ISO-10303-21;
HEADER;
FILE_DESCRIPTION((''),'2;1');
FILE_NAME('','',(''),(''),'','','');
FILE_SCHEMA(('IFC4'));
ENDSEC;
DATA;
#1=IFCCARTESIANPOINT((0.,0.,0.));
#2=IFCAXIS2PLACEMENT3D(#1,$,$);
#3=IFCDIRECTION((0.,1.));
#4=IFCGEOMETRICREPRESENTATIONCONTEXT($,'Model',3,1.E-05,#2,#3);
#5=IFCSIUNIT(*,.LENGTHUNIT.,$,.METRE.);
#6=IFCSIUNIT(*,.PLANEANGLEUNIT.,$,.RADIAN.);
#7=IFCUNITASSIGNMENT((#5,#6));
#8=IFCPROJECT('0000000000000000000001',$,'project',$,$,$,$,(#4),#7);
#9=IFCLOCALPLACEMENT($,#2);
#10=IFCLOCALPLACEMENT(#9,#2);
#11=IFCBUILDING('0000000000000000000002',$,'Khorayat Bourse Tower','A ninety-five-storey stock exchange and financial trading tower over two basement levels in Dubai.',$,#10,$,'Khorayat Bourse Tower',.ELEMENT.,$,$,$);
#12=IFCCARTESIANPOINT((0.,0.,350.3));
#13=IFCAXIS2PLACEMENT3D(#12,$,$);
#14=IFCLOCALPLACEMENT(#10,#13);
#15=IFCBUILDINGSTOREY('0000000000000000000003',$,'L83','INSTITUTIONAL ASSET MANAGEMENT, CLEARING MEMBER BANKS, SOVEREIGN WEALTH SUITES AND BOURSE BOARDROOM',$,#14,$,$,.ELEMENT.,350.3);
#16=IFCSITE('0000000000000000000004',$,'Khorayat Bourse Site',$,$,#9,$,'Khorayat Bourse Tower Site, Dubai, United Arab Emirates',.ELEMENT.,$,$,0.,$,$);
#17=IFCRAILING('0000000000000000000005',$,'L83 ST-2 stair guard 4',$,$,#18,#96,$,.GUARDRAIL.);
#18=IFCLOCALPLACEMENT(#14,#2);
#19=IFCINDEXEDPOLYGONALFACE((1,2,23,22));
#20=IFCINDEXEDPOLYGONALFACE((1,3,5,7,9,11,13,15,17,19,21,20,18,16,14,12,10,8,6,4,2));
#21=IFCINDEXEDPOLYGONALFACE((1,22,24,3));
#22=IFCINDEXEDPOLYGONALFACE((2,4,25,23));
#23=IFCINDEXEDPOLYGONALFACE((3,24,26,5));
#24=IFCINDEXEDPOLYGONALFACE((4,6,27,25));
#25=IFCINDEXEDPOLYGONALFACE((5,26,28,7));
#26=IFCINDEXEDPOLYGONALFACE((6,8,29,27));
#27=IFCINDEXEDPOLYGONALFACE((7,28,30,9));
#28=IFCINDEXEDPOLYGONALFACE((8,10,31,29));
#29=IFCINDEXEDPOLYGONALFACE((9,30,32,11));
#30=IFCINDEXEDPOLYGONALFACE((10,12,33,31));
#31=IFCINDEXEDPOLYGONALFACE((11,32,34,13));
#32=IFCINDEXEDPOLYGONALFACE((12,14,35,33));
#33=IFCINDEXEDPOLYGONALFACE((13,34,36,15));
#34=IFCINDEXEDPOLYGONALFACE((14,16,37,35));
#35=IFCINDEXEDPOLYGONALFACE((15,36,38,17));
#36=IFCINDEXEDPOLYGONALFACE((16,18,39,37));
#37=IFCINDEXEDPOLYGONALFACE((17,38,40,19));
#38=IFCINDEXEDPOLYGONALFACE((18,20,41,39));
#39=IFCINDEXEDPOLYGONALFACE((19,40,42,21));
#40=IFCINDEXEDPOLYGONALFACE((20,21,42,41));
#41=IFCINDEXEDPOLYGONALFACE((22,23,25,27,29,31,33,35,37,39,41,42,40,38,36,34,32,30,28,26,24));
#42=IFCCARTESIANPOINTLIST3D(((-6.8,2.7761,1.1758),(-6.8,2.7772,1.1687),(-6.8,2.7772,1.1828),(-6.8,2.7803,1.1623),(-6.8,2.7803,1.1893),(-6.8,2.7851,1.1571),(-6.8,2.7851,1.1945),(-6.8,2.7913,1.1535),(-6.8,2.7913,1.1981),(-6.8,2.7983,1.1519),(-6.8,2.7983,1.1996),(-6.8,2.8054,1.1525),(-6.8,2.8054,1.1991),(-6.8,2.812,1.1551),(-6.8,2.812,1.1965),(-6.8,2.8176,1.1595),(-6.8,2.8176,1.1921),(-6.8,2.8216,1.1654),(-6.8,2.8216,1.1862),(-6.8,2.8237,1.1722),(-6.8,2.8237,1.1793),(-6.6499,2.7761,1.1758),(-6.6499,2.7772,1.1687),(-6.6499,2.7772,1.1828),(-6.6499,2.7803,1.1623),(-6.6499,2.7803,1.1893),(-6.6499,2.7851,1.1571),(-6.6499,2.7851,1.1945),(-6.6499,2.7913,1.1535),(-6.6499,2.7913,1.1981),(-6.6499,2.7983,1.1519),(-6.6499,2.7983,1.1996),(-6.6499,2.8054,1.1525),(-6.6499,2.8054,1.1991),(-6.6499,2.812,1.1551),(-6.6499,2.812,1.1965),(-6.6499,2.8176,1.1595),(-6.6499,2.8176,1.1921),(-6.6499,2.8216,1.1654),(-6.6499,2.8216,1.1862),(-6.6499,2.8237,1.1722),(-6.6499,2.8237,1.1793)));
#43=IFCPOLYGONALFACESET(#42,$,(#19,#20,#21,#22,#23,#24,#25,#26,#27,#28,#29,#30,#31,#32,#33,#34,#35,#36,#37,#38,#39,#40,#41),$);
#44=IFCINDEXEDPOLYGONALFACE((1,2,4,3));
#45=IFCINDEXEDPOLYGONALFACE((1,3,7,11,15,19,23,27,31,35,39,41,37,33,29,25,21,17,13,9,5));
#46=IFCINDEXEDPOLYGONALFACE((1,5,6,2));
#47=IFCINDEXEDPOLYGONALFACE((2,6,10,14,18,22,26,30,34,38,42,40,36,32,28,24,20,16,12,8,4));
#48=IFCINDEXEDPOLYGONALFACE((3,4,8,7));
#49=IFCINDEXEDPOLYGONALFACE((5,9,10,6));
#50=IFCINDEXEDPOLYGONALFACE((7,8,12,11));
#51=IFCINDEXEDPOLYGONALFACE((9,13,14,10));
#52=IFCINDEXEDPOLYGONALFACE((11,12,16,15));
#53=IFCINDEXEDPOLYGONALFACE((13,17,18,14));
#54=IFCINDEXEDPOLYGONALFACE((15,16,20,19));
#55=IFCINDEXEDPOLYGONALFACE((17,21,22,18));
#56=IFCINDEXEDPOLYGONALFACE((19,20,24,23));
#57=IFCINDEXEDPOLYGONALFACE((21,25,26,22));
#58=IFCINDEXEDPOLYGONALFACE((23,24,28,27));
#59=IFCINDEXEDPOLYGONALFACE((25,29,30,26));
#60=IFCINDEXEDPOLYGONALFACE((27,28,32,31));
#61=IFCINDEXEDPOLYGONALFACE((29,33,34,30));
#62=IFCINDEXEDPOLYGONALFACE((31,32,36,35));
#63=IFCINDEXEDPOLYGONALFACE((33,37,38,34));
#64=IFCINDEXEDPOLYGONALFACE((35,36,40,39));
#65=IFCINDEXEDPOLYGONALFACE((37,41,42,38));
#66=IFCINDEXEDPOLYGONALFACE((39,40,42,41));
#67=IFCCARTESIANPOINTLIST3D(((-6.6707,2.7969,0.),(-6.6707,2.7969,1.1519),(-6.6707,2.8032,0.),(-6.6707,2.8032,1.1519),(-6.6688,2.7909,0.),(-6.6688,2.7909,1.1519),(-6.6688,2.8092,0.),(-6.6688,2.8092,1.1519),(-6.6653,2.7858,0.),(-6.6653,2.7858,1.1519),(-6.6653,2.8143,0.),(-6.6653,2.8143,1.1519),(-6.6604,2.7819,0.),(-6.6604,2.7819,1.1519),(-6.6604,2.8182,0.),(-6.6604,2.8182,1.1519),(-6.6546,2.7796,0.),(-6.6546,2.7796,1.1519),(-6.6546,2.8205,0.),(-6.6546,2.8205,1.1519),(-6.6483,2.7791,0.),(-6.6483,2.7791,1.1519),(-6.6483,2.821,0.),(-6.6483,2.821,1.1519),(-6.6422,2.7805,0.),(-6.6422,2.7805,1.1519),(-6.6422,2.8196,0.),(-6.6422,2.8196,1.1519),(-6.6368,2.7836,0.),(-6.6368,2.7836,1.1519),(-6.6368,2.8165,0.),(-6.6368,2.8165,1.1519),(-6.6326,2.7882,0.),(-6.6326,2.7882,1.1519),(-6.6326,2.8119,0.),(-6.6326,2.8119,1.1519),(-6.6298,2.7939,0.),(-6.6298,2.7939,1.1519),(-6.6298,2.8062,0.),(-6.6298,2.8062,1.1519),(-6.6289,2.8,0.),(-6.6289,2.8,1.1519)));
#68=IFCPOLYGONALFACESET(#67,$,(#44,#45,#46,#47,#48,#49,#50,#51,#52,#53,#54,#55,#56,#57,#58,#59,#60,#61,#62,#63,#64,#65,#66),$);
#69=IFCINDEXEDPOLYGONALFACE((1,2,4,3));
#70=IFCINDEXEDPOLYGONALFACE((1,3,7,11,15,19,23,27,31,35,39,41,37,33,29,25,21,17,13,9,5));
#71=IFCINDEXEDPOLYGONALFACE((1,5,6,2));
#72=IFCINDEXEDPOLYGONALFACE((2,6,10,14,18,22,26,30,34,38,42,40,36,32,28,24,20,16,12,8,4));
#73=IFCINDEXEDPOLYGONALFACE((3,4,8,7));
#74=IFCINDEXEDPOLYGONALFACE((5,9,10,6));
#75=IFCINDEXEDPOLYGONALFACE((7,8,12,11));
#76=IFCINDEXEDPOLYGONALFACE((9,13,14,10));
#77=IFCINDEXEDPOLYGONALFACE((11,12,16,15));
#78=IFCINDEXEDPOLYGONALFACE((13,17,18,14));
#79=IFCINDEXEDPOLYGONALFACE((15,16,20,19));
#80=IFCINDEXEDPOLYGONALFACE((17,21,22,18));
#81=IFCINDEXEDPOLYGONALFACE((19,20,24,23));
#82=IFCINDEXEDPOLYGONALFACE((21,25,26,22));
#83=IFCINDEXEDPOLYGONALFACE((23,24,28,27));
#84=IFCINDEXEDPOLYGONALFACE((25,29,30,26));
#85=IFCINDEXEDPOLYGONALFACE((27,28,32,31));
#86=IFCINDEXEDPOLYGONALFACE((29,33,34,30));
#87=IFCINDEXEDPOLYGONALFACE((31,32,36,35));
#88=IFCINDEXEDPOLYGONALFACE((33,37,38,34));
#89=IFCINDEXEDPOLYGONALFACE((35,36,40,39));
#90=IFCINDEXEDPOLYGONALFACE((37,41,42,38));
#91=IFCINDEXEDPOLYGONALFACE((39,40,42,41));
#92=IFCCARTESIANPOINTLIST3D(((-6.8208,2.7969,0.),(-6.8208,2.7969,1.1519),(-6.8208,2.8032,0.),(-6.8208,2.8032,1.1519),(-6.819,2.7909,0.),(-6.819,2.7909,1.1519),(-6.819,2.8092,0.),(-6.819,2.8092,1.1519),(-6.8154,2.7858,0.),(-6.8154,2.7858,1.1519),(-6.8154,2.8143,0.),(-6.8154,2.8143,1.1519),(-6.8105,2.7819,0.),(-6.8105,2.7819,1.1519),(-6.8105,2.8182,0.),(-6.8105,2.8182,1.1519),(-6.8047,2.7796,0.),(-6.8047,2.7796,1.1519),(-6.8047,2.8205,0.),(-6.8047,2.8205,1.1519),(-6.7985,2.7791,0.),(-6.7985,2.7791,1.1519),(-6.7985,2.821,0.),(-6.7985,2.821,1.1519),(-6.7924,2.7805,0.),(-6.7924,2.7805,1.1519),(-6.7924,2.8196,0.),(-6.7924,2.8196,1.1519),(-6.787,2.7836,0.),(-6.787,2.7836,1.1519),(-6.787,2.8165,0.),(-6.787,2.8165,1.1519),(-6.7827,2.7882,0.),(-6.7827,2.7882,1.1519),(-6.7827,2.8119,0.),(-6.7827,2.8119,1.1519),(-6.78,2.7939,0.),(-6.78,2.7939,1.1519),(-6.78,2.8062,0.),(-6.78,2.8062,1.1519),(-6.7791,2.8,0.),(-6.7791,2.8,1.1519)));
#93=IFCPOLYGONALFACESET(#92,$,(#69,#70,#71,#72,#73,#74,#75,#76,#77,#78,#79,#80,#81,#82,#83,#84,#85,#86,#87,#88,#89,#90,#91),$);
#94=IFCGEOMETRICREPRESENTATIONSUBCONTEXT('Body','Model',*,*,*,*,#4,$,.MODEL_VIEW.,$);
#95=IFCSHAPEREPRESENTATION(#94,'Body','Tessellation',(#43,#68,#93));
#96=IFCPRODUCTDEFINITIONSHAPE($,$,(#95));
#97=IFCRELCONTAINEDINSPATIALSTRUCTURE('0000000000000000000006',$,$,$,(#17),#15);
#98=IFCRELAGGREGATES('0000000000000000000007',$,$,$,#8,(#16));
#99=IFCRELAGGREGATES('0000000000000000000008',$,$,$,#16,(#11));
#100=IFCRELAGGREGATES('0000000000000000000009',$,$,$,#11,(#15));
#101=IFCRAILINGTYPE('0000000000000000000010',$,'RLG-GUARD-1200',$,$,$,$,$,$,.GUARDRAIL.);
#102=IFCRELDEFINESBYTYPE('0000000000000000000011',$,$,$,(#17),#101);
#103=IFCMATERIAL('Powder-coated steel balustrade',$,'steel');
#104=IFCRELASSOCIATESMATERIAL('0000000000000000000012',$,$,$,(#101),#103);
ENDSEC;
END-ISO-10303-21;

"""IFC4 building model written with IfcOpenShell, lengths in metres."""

from ifc_helpers import new_model, si_unit, direction, frame, origin, origin_2d, place, context, subcontext, project, spatial, circle, extrude, source, transform, mapped, material, type_object, element, save


model = new_model("IFC4")

# Units and contexts
model_context = context("Model", 3, precision=1e-05, world=origin(), true_north=direction((0.0, 1.0)))
body_context = subcontext(model_context, "Body", "Model", "MODEL_VIEW")
ifc_project = project(units=[si_unit("LENGTHUNIT", "METRE"), si_unit("PLANEANGLEUNIT", "RADIAN")], contexts=[model_context])

# Site, building, storey
site_placement = place(None, origin())
site = spatial("IfcSite", under=ifc_project, at=site_placement, Name="Khorayat Bourse Site", LongName="Khorayat Bourse Tower Site, Dubai, United Arab Emirates", CompositionType="ELEMENT", RefElevation=0.0)
building_placement = place(site_placement, origin())
building = spatial("IfcBuilding", under=site, at=building_placement, Name="Khorayat Bourse Tower", Description="A ninety-five-storey stock exchange and financial trading tower over two basement levels in Dubai.", LongName="Khorayat Bourse Tower", CompositionType="ELEMENT")
storey_placement = place(building_placement, frame((0.0, 0.0, 350.3)))
storey = spatial("IfcBuildingStorey", under=building, at=storey_placement, Name="L83", Description="INSTITUTIONAL ASSET MANAGEMENT, CLEARING MEMBER BANKS, SOVEREIGN WEALTH SUITES AND BOURSE BOARDROOM", CompositionType="ELEMENT", Elevation=350.3)

# Railing
ifc_material_1 = material(Name="Powder-coated steel balustrade", Category="steel")
railing_type_1 = type_object("IfcRailingType", Name="RLG-GUARD-1200", PredefinedType="GUARDRAIL", material=ifc_material_1)
shared_shape_1 = source(origin(), body_context, "Body", "SweptSolid", [
    extrude(circle(Radius=0.0239, at=origin_2d()), frame((0.0, 0.0, 1.1758), z_axis=(-1.0, 0.0, 0.0), x_axis=(0.0, -1.0, 0.0)), (0.0, 0.0, 1.0), 0.1501),
    extrude(circle(Radius=0.021, at=origin_2d()), origin(), (0.0, 0.0, 1.0), 1.1519),
    extrude(circle(Radius=0.021, at=origin_2d()), frame((-0.1501, 0.0, 0.0)), (0.0, 0.0, 1.0), 1.1519),
])
for number, where, name in (
    (1, (-6.6499, 2.8, 0.0), "L83 ST-2 stair guard 4"),
):
    element("IfcRailing", number, at=place(storey_placement, frame(where)), inside=storey, type_object=railing_type_1, Name=name, PredefinedType="GUARDRAIL", context=body_context, shape_type="MappedRepresentation", body=[
        mapped(shared_shape_1, transform((0.0, 0.0, 0.0), scale=1.0)),
    ])

save(model, "model.ifc")
